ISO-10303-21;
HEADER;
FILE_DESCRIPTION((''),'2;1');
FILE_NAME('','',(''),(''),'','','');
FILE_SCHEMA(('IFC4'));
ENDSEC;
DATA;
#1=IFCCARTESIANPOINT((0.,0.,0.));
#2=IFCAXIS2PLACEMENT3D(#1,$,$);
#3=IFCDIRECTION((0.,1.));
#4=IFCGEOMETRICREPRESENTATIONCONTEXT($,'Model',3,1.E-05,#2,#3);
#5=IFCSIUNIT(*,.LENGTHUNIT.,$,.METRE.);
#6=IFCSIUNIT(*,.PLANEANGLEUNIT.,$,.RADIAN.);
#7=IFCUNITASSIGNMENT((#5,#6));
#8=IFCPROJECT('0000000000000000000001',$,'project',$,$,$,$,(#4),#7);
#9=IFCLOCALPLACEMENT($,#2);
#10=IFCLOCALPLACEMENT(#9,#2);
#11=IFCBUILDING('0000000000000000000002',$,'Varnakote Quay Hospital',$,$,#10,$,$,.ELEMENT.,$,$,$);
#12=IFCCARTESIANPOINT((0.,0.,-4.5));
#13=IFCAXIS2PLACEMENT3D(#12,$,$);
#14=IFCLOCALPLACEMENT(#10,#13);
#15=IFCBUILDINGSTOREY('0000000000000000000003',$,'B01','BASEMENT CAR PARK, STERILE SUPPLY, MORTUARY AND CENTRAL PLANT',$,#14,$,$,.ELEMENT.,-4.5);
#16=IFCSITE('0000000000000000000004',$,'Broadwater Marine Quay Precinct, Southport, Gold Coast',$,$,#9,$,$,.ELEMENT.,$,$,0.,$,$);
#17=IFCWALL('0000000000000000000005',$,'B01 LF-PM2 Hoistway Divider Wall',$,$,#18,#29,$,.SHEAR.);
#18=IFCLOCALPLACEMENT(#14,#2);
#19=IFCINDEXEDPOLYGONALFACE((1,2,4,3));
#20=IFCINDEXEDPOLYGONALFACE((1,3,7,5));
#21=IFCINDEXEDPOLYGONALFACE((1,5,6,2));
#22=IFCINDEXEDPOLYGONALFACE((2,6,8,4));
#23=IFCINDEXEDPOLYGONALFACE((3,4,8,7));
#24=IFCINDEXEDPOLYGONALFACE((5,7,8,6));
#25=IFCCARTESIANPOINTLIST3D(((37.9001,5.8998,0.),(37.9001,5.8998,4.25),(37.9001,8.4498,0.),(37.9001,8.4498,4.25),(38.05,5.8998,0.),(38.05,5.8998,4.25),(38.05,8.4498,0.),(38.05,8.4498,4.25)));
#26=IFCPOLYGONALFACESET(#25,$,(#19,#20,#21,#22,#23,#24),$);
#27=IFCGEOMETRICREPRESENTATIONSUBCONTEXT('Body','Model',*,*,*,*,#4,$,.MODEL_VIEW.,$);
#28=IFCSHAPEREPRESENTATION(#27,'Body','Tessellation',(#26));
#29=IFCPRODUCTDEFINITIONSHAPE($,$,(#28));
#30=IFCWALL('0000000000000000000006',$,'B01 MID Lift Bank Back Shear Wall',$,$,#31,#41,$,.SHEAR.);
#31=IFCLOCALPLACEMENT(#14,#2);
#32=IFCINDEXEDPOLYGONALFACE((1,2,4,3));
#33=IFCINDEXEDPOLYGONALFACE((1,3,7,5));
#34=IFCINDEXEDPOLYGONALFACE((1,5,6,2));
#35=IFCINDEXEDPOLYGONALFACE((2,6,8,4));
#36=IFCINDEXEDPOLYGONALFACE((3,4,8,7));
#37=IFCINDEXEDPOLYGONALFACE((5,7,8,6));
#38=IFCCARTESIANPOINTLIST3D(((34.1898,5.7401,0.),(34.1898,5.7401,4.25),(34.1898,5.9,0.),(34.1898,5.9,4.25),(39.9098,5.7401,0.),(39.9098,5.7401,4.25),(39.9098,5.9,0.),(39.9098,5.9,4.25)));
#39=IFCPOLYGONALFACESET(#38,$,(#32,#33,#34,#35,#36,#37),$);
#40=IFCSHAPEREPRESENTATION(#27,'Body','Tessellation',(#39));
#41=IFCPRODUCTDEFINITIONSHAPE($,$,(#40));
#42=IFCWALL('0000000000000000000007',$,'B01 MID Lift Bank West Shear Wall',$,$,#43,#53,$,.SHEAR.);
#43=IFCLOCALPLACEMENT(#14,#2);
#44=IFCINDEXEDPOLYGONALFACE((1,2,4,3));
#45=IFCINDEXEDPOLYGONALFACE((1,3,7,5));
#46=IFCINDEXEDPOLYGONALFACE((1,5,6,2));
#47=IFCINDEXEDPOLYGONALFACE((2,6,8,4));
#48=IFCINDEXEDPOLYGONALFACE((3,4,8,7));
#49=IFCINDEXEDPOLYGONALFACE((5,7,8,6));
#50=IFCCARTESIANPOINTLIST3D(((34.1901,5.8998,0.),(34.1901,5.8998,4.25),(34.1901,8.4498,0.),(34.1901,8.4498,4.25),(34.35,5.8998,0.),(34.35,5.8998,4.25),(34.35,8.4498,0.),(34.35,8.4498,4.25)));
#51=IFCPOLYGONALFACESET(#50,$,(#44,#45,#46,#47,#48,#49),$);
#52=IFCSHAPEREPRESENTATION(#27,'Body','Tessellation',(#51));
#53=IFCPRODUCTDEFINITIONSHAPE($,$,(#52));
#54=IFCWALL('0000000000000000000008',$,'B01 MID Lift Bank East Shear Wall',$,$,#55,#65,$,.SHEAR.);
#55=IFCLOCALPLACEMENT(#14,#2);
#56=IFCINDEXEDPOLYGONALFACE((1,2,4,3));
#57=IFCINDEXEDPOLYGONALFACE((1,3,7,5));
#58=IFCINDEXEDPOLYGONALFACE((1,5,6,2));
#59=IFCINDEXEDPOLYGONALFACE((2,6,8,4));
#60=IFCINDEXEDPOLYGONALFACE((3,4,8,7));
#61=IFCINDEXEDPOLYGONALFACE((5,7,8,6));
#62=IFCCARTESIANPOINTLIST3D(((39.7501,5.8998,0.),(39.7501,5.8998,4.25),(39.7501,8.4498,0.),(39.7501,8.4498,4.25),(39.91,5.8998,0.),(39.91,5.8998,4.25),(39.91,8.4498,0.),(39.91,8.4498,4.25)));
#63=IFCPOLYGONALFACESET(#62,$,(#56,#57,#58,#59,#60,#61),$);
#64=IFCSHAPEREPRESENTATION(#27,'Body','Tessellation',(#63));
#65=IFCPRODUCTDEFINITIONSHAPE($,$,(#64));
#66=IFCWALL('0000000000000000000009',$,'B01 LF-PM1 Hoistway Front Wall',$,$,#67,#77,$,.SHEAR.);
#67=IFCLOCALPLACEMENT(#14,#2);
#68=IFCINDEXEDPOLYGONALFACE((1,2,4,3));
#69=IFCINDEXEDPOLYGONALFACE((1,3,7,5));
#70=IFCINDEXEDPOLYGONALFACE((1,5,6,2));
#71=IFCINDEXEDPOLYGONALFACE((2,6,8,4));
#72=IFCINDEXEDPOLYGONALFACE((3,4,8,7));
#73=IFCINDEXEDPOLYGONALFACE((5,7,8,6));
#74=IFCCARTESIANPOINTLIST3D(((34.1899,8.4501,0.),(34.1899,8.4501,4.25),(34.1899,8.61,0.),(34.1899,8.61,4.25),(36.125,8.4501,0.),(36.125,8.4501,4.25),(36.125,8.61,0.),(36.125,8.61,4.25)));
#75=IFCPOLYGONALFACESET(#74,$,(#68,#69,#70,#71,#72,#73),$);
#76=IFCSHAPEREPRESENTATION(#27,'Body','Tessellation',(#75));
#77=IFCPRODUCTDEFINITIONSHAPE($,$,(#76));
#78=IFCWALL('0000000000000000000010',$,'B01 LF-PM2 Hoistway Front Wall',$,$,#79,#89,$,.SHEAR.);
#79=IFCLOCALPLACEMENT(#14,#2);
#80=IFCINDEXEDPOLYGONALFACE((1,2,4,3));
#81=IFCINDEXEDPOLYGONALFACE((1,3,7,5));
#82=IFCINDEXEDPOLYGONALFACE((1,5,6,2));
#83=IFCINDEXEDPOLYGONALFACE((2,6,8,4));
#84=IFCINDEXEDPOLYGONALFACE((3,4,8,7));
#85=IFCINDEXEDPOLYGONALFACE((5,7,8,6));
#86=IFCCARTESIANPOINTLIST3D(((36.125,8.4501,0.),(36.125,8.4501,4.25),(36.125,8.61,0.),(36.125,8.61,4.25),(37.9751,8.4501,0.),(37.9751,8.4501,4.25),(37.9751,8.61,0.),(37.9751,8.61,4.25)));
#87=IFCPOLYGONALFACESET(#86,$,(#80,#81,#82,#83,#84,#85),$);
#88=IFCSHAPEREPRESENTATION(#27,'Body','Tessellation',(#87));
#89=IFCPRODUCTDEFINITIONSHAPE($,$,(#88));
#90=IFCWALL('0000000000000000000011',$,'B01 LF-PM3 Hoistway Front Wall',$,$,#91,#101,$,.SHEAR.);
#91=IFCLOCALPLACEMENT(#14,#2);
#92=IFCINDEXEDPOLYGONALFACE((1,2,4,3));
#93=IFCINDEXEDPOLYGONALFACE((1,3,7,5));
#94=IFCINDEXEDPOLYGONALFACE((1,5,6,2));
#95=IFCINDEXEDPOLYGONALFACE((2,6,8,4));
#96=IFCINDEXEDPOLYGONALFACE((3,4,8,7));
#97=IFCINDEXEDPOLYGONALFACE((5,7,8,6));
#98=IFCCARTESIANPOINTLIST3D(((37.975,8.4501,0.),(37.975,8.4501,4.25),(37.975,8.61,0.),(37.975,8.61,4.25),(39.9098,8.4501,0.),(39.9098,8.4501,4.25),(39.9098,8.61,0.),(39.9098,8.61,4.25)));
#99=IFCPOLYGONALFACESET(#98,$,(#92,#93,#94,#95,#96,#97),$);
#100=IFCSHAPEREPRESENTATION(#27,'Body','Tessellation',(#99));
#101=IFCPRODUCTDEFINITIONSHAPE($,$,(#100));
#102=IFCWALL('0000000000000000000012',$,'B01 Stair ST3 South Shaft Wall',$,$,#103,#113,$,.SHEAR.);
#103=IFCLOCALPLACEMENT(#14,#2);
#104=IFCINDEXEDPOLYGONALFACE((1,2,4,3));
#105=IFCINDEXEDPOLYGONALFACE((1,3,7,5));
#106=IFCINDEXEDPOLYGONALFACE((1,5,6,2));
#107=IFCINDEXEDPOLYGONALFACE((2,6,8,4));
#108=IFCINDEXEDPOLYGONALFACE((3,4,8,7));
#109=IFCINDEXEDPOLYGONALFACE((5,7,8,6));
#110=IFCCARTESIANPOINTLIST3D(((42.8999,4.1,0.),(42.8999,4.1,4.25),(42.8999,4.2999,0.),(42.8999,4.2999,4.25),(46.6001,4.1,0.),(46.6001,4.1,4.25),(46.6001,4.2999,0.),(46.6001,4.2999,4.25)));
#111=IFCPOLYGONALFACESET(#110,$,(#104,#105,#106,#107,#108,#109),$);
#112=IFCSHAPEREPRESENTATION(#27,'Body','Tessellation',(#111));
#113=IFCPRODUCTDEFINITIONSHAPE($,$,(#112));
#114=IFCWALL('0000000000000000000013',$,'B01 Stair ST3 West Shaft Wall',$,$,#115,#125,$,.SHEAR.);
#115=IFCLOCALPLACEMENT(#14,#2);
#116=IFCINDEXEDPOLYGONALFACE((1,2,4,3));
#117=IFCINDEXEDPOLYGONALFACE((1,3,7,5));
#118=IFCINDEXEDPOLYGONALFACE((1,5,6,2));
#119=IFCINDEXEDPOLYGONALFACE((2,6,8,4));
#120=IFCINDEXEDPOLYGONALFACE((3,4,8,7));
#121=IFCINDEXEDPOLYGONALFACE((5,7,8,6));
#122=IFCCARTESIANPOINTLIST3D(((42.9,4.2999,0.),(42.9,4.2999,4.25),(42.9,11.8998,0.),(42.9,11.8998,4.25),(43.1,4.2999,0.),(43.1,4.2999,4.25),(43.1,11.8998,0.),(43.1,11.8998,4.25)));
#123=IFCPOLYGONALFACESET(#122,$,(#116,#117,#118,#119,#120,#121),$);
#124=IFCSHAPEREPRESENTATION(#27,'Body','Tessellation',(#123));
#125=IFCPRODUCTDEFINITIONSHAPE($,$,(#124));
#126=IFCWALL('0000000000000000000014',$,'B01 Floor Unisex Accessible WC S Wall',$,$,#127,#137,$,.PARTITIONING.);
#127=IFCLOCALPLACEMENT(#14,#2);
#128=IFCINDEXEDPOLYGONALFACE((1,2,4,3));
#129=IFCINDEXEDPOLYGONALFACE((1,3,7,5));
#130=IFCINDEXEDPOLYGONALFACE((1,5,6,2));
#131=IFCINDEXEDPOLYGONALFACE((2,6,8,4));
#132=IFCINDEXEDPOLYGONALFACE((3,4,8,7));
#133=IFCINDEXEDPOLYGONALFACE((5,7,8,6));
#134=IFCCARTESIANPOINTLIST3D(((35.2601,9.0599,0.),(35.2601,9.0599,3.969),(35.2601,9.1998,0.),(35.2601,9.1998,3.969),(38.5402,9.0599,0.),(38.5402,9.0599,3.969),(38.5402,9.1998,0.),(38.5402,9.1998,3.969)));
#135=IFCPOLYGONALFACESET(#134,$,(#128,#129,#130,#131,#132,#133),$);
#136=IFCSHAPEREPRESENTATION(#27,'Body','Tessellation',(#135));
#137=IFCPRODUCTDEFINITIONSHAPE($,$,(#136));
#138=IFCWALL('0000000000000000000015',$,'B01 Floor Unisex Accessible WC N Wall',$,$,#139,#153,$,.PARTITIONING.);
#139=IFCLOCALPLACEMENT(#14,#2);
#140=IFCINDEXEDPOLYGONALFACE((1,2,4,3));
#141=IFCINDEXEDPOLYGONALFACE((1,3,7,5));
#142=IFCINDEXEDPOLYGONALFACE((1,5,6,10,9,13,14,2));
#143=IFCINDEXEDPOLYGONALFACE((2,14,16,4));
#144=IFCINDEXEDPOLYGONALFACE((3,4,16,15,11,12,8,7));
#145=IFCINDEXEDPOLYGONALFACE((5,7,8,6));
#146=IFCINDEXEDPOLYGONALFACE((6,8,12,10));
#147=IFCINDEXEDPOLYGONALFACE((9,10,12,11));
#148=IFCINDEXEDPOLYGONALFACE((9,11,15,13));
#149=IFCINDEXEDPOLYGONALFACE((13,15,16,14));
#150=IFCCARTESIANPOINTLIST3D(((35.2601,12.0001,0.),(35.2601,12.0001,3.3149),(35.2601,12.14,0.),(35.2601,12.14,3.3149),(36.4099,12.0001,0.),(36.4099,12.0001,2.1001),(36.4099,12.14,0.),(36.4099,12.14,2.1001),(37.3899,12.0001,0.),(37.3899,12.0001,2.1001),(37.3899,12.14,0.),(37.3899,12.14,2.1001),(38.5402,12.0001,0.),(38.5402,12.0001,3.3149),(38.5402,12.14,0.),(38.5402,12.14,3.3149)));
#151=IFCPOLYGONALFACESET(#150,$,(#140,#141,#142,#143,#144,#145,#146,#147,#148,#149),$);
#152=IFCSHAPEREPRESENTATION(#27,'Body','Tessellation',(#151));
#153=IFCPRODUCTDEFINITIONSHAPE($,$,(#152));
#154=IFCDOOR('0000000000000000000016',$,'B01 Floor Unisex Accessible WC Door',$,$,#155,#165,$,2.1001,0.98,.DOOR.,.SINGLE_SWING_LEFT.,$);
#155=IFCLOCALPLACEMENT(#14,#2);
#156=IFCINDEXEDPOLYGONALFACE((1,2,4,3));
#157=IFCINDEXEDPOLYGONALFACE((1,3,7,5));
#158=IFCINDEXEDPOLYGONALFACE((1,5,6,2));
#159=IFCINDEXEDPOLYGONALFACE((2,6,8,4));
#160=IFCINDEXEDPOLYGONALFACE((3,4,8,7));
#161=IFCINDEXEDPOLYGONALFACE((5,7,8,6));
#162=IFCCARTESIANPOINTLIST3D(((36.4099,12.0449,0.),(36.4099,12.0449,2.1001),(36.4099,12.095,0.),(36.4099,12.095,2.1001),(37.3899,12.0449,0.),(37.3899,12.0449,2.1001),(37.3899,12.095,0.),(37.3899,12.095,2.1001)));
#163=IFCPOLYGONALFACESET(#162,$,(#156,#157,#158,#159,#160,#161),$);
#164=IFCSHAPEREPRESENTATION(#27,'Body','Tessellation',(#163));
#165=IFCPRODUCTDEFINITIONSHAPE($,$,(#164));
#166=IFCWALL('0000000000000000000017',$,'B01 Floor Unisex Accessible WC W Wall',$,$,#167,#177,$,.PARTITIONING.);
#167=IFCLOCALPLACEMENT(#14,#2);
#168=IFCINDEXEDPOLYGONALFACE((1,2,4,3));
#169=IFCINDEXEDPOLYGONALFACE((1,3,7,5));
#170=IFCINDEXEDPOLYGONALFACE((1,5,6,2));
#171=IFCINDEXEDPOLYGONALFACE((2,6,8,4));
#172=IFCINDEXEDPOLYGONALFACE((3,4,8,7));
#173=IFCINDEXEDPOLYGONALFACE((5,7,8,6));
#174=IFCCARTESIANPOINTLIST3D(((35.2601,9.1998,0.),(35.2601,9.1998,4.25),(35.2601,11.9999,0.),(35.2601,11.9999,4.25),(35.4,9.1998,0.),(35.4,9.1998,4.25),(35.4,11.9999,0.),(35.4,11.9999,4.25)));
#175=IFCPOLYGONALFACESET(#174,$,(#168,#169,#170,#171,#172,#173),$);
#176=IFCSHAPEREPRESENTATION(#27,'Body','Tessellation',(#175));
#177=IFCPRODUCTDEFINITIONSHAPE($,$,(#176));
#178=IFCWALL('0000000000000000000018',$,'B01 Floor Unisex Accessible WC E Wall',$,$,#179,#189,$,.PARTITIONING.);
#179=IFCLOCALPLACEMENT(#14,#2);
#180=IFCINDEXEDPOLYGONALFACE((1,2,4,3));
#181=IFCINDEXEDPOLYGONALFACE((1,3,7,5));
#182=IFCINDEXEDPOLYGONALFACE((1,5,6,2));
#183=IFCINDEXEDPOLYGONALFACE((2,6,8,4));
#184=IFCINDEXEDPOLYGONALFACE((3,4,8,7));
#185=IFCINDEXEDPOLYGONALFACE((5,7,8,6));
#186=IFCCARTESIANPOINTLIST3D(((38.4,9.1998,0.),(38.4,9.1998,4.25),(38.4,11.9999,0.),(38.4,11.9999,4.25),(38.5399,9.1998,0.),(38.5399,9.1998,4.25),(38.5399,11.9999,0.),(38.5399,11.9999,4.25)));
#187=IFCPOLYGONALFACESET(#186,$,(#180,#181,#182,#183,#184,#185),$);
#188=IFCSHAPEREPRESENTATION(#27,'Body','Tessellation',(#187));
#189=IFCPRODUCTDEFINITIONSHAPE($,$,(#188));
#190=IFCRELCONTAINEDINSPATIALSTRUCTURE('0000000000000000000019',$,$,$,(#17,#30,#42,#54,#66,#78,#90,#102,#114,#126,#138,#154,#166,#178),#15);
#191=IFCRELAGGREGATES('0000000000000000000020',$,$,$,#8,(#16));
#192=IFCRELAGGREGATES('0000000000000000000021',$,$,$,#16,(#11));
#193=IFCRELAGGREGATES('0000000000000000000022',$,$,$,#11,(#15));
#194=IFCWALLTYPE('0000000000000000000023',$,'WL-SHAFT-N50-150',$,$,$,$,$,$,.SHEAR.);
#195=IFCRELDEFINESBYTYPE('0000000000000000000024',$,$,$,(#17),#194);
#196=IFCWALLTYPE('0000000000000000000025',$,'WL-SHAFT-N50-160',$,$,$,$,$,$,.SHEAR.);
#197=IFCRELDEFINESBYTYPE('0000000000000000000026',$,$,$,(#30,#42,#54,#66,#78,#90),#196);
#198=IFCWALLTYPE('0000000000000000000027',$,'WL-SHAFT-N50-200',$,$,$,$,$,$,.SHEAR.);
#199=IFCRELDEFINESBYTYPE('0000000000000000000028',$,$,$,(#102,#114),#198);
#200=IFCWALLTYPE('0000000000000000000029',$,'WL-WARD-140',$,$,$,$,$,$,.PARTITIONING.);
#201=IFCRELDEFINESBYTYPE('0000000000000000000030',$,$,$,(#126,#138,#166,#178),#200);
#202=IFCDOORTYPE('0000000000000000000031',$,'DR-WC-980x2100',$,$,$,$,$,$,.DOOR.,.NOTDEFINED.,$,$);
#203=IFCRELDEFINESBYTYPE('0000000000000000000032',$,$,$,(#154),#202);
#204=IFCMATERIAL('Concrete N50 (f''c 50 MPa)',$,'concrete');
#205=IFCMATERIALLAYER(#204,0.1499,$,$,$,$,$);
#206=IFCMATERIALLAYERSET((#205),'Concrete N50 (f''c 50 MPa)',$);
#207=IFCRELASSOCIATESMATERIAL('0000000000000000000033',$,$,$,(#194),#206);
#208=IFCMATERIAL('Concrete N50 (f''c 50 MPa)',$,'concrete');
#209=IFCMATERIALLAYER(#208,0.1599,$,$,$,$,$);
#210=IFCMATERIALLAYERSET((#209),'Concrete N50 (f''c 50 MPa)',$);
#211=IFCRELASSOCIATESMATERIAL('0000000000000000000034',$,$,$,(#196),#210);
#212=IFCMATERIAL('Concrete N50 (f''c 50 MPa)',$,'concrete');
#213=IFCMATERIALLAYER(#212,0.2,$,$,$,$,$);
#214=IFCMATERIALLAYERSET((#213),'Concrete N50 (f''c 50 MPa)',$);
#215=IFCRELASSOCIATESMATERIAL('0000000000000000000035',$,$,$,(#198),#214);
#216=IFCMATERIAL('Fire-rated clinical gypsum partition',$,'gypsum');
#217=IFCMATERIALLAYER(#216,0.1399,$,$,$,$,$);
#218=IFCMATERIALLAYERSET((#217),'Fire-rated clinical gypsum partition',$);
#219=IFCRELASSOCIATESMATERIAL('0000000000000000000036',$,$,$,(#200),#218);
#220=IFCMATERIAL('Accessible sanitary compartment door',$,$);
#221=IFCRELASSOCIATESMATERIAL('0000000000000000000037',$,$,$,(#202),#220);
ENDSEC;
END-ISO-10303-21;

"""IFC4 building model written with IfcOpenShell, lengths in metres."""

from ifc_helpers import new_model, si_unit, direction, frame, frame_2d, origin, place, context, subcontext, project, spatial, rectangle, extrude, material, layer, layer_set, type_object, element, fill, save


model = new_model("IFC4")

# Units and contexts
model_context = context("Model", 3, precision=1e-05, world=origin(), true_north=direction((0.0, 1.0)))
body_context = subcontext(model_context, "Body", "Model", "MODEL_VIEW")
ifc_project = project(units=[si_unit("LENGTHUNIT", "METRE"), si_unit("PLANEANGLEUNIT", "RADIAN")], contexts=[model_context])

# Site, building, storey
site_placement = place(None, origin())
site = spatial("IfcSite", under=ifc_project, at=site_placement, Name="Broadwater Marine Quay Precinct, Southport, Gold Coast", CompositionType="ELEMENT", RefElevation=0.0)
building_placement = place(site_placement, origin())
building = spatial("IfcBuilding", under=site, at=building_placement, Name="Varnakote Quay Hospital", CompositionType="ELEMENT")
storey_placement = place(building_placement, frame((0.0, 0.0, -4.5)))
storey = spatial("IfcBuildingStorey", under=building, at=storey_placement, Name="B01", Description="BASEMENT CAR PARK, STERILE SUPPLY, MORTUARY AND CENTRAL PLANT", CompositionType="ELEMENT", Elevation=-4.5)

# Walls
ifc_material_1 = material(Name="Concrete N50 (f'c 50 MPa)", Category="concrete")
ifc_layer_1 = layer(ifc_material_1, 0.1499)
ifc_layer_set_1 = layer_set([ifc_layer_1], Name="Concrete N50 (f'c 50 MPa)")
wall_type_1 = type_object("IfcWallType", Name="WL-SHAFT-N50-150", PredefinedType="SHEAR", material=ifc_layer_set_1)
for number, where, z_axis, x_axis, name in (
    (1, (37.9751, 5.8999, 0.0), (0.0, 0.0, 1.0), (0.0, 1.0, 0.0), "B01 LF-PM2 Hoistway Divider Wall"),
):
    element("IfcWall", number, at=place(storey_placement, frame(where, z_axis=z_axis, x_axis=x_axis)), inside=storey, type_object=wall_type_1, Name=name, PredefinedType="SHEAR", context=body_context, shape_type="SweptSolid", body=[
        extrude(rectangle(XDim=2.55, YDim=0.1499, at=frame_2d((1.2749, 0.0))), origin(), (0.0, 0.0, 1.0), 4.25),
    ])
ifc_material_2 = material(Name="Concrete N50 (f'c 50 MPa)", Category="concrete")
ifc_layer_2 = layer(ifc_material_2, 0.1599)
ifc_layer_set_2 = layer_set([ifc_layer_2], Name="Concrete N50 (f'c 50 MPa)")
wall_type_2 = type_object("IfcWallType", Name="WL-SHAFT-N50-160", PredefinedType="SHEAR", material=ifc_layer_set_2)
wall_1_placement = place(storey_placement, frame((34.1899, 5.8201, 0.0), z_axis=(0.0, 0.0, 1.0), x_axis=(1.0, 0.0, 0.0)))
element("IfcWall", 2, at=wall_1_placement, inside=storey, type_object=wall_type_2, Name="B01 MID Lift Bank Back Shear Wall", PredefinedType="SHEAR", context=body_context, shape_type="SweptSolid", body=[
    extrude(rectangle(XDim=5.72, YDim=0.1599, at=frame_2d((2.8599, 0.0))), origin(), (0.0, 0.0, 1.0), 4.25),
])
for number, where, z_axis, x_axis, name in (
    (3, (34.27, 5.8999, 0.0), (0.0, 0.0, 1.0), (0.0, 1.0, 0.0), "B01 MID Lift Bank West Shear Wall"),
    (4, (39.8301, 5.8999, 0.0), (0.0, 0.0, 1.0), (0.0, 1.0, 0.0), "B01 MID Lift Bank East Shear Wall"),
):
    element("IfcWall", number, at=place(storey_placement, frame(where, z_axis=z_axis, x_axis=x_axis)), inside=storey, type_object=wall_type_2, Name=name, PredefinedType="SHEAR", context=body_context, shape_type="SweptSolid", body=[
        extrude(rectangle(XDim=2.55, YDim=0.1599, at=frame_2d((1.2749, 0.0))), origin(), (0.0, 0.0, 1.0), 4.25),
    ])
wall_2_placement = place(storey_placement, frame((34.1899, 8.53, 0.0), z_axis=(0.0, 0.0, 1.0), x_axis=(1.0, 0.0, 0.0)))
element("IfcWall", 5, at=wall_2_placement, inside=storey, type_object=wall_type_2, Name="B01 LF-PM1 Hoistway Front Wall", PredefinedType="SHEAR", context=body_context, shape_type="SweptSolid", body=[
    extrude(rectangle(XDim=1.9351, YDim=0.1599, at=frame_2d((0.9675, 0.0))), origin(), (0.0, 0.0, 1.0), 4.25),
])
wall_3_placement = place(storey_placement, frame((36.125, 8.53, 0.0), z_axis=(0.0, 0.0, 1.0), x_axis=(1.0, 0.0, 0.0)))
element("IfcWall", 6, at=wall_3_placement, inside=storey, type_object=wall_type_2, Name="B01 LF-PM2 Hoistway Front Wall", PredefinedType="SHEAR", context=body_context, shape_type="SweptSolid", body=[
    extrude(rectangle(XDim=1.8501, YDim=0.1599, at=frame_2d((0.925, 0.0))), origin(), (0.0, 0.0, 1.0), 4.25),
])
wall_4_placement = place(storey_placement, frame((37.9751, 8.53, 0.0), z_axis=(0.0, 0.0, 1.0), x_axis=(1.0, 0.0, 0.0)))
element("IfcWall", 7, at=wall_4_placement, inside=storey, type_object=wall_type_2, Name="B01 LF-PM3 Hoistway Front Wall", PredefinedType="SHEAR", context=body_context, shape_type="SweptSolid", body=[
    extrude(rectangle(XDim=1.9348, YDim=0.1599, at=frame_2d((0.9673, 0.0))), origin(), (0.0, 0.0, 1.0), 4.25),
])
ifc_material_3 = material(Name="Concrete N50 (f'c 50 MPa)", Category="concrete")
ifc_layer_3 = layer(ifc_material_3, 0.2)
ifc_layer_set_3 = layer_set([ifc_layer_3], Name="Concrete N50 (f'c 50 MPa)")
wall_type_3 = type_object("IfcWallType", Name="WL-SHAFT-N50-200", PredefinedType="SHEAR", material=ifc_layer_set_3)
wall_5_placement = place(storey_placement, frame((42.8999, 4.2, 0.0), z_axis=(0.0, 0.0, 1.0), x_axis=(1.0, 0.0, 0.0)))
element("IfcWall", 8, at=wall_5_placement, inside=storey, type_object=wall_type_3, Name="B01 Stair ST3 South Shaft Wall", PredefinedType="SHEAR", context=body_context, shape_type="SweptSolid", body=[
    extrude(rectangle(XDim=3.7002, YDim=0.2, at=frame_2d((1.8501, 0.0))), origin(), (0.0, 0.0, 1.0), 4.25),
])
wall_6_placement = place(storey_placement, frame((43.0, 4.3, 0.0), z_axis=(0.0, 0.0, 1.0), x_axis=(0.0, 1.0, 0.0)))
element("IfcWall", 9, at=wall_6_placement, inside=storey, type_object=wall_type_3, Name="B01 Stair ST3 West Shaft Wall", PredefinedType="SHEAR", context=body_context, shape_type="SweptSolid", body=[
    extrude(rectangle(XDim=7.5999, YDim=0.2, at=frame_2d((3.7998, 0.0))), origin(), (0.0, 0.0, 1.0), 4.25),
])

# Wall
ifc_material_4 = material(Name="Fire-rated clinical gypsum partition", Category="gypsum")
ifc_layer_4 = layer(ifc_material_4, 0.1399)
ifc_layer_set_4 = layer_set([ifc_layer_4], Name="Fire-rated clinical gypsum partition")
wall_type_4 = type_object("IfcWallType", Name="WL-WARD-140", PredefinedType="PARTITIONING", material=ifc_layer_set_4)
wall_7_placement = place(storey_placement, frame((35.26, 9.1299, 0.0), z_axis=(0.0, 0.0, 1.0), x_axis=(1.0, 0.0, 0.0)))
element("IfcWall", 10, at=wall_7_placement, inside=storey, type_object=wall_type_4, Name="B01 Floor Unisex Accessible WC S Wall", PredefinedType="PARTITIONING", context=body_context, shape_type="SweptSolid", body=[
    extrude(rectangle(XDim=3.28, YDim=0.1399, at=frame_2d((1.6401, 0.0))), origin(), (0.0, 0.0, 1.0), 3.969),
])

# Wall, opening, door
wall_8_placement = place(storey_placement, frame((35.26, 12.0701, 0.0), z_axis=(0.0, 0.0, 1.0), x_axis=(1.0, 0.0, 0.0)))
wall_8 = element("IfcWall", 11, at=wall_8_placement, inside=storey, type_object=wall_type_4, Name="B01 Floor Unisex Accessible WC N Wall", PredefinedType="PARTITIONING", context=body_context, shape_type="SweptSolid", body=[
    extrude(rectangle(XDim=3.28, YDim=0.1399, at=frame_2d((1.6401, 0.0))), origin(), (0.0, 0.0, 1.0), 3.3149),
])
opening_1_placement = place(wall_8_placement, frame((1.1499, 0.0, 0.0)))
opening_1 = element("IfcOpeningElement", 12, at=opening_1_placement, cuts=wall_8, PredefinedType="OPENING", context=body_context, shape_type="SweptSolid", body=[
    extrude(rectangle(XDim=0.98, YDim=2.1001, at=frame_2d((0.49, 1.05))), frame((0.0, 0.0798, 0.0), z_axis=(0.0, -1.0, 0.0), x_axis=(1.0, 0.0, 0.0)), (0.0, 0.0, 1.0), 0.1599),
])
ifc_material_5 = material(Name="Accessible sanitary compartment door")
door_type_1 = type_object("IfcDoorType", Name="DR-WC-980x2100", OperationType="NOTDEFINED", PredefinedType="DOOR", material=ifc_material_5)
door_1_placement = place(opening_1_placement, origin())
door_1 = element("IfcDoor", 13, at=door_1_placement, inside=storey, type_object=door_type_1, Name="B01 Floor Unisex Accessible WC Door", OperationType="SINGLE_SWING_LEFT", OverallHeight=2.1001, OverallWidth=0.98, PredefinedType="DOOR", context=body_context, shape_type="SweptSolid", body=[
    extrude(rectangle(XDim=0.98, YDim=2.1001, at=frame_2d((0.49, 1.05))), frame((0.0, 0.0249, 0.0), z_axis=(0.0, -1.0, 0.0), x_axis=(1.0, 0.0, 0.0)), (0.0, 0.0, 1.0), 0.05),
])
fill(opening_1, door_1)

# Walls
for number, where, z_axis, x_axis, name in (
    (14, (35.3301, 9.2, 0.0), (0.0, 0.0, 1.0), (0.0, 1.0, 0.0), "B01 Floor Unisex Accessible WC W Wall"),
    (15, (38.47, 9.2, 0.0), (0.0, 0.0, 1.0), (0.0, 1.0, 0.0), "B01 Floor Unisex Accessible WC E Wall"),
):
    element("IfcWall", number, at=place(storey_placement, frame(where, z_axis=z_axis, x_axis=x_axis)), inside=storey, type_object=wall_type_4, Name=name, PredefinedType="PARTITIONING", context=body_context, shape_type="SweptSolid", body=[
        extrude(rectangle(XDim=2.8, YDim=0.1399, at=frame_2d((1.3999, 0.0))), origin(), (0.0, 0.0, 1.0), 4.25),
    ])

save(model, "model.ifc")
